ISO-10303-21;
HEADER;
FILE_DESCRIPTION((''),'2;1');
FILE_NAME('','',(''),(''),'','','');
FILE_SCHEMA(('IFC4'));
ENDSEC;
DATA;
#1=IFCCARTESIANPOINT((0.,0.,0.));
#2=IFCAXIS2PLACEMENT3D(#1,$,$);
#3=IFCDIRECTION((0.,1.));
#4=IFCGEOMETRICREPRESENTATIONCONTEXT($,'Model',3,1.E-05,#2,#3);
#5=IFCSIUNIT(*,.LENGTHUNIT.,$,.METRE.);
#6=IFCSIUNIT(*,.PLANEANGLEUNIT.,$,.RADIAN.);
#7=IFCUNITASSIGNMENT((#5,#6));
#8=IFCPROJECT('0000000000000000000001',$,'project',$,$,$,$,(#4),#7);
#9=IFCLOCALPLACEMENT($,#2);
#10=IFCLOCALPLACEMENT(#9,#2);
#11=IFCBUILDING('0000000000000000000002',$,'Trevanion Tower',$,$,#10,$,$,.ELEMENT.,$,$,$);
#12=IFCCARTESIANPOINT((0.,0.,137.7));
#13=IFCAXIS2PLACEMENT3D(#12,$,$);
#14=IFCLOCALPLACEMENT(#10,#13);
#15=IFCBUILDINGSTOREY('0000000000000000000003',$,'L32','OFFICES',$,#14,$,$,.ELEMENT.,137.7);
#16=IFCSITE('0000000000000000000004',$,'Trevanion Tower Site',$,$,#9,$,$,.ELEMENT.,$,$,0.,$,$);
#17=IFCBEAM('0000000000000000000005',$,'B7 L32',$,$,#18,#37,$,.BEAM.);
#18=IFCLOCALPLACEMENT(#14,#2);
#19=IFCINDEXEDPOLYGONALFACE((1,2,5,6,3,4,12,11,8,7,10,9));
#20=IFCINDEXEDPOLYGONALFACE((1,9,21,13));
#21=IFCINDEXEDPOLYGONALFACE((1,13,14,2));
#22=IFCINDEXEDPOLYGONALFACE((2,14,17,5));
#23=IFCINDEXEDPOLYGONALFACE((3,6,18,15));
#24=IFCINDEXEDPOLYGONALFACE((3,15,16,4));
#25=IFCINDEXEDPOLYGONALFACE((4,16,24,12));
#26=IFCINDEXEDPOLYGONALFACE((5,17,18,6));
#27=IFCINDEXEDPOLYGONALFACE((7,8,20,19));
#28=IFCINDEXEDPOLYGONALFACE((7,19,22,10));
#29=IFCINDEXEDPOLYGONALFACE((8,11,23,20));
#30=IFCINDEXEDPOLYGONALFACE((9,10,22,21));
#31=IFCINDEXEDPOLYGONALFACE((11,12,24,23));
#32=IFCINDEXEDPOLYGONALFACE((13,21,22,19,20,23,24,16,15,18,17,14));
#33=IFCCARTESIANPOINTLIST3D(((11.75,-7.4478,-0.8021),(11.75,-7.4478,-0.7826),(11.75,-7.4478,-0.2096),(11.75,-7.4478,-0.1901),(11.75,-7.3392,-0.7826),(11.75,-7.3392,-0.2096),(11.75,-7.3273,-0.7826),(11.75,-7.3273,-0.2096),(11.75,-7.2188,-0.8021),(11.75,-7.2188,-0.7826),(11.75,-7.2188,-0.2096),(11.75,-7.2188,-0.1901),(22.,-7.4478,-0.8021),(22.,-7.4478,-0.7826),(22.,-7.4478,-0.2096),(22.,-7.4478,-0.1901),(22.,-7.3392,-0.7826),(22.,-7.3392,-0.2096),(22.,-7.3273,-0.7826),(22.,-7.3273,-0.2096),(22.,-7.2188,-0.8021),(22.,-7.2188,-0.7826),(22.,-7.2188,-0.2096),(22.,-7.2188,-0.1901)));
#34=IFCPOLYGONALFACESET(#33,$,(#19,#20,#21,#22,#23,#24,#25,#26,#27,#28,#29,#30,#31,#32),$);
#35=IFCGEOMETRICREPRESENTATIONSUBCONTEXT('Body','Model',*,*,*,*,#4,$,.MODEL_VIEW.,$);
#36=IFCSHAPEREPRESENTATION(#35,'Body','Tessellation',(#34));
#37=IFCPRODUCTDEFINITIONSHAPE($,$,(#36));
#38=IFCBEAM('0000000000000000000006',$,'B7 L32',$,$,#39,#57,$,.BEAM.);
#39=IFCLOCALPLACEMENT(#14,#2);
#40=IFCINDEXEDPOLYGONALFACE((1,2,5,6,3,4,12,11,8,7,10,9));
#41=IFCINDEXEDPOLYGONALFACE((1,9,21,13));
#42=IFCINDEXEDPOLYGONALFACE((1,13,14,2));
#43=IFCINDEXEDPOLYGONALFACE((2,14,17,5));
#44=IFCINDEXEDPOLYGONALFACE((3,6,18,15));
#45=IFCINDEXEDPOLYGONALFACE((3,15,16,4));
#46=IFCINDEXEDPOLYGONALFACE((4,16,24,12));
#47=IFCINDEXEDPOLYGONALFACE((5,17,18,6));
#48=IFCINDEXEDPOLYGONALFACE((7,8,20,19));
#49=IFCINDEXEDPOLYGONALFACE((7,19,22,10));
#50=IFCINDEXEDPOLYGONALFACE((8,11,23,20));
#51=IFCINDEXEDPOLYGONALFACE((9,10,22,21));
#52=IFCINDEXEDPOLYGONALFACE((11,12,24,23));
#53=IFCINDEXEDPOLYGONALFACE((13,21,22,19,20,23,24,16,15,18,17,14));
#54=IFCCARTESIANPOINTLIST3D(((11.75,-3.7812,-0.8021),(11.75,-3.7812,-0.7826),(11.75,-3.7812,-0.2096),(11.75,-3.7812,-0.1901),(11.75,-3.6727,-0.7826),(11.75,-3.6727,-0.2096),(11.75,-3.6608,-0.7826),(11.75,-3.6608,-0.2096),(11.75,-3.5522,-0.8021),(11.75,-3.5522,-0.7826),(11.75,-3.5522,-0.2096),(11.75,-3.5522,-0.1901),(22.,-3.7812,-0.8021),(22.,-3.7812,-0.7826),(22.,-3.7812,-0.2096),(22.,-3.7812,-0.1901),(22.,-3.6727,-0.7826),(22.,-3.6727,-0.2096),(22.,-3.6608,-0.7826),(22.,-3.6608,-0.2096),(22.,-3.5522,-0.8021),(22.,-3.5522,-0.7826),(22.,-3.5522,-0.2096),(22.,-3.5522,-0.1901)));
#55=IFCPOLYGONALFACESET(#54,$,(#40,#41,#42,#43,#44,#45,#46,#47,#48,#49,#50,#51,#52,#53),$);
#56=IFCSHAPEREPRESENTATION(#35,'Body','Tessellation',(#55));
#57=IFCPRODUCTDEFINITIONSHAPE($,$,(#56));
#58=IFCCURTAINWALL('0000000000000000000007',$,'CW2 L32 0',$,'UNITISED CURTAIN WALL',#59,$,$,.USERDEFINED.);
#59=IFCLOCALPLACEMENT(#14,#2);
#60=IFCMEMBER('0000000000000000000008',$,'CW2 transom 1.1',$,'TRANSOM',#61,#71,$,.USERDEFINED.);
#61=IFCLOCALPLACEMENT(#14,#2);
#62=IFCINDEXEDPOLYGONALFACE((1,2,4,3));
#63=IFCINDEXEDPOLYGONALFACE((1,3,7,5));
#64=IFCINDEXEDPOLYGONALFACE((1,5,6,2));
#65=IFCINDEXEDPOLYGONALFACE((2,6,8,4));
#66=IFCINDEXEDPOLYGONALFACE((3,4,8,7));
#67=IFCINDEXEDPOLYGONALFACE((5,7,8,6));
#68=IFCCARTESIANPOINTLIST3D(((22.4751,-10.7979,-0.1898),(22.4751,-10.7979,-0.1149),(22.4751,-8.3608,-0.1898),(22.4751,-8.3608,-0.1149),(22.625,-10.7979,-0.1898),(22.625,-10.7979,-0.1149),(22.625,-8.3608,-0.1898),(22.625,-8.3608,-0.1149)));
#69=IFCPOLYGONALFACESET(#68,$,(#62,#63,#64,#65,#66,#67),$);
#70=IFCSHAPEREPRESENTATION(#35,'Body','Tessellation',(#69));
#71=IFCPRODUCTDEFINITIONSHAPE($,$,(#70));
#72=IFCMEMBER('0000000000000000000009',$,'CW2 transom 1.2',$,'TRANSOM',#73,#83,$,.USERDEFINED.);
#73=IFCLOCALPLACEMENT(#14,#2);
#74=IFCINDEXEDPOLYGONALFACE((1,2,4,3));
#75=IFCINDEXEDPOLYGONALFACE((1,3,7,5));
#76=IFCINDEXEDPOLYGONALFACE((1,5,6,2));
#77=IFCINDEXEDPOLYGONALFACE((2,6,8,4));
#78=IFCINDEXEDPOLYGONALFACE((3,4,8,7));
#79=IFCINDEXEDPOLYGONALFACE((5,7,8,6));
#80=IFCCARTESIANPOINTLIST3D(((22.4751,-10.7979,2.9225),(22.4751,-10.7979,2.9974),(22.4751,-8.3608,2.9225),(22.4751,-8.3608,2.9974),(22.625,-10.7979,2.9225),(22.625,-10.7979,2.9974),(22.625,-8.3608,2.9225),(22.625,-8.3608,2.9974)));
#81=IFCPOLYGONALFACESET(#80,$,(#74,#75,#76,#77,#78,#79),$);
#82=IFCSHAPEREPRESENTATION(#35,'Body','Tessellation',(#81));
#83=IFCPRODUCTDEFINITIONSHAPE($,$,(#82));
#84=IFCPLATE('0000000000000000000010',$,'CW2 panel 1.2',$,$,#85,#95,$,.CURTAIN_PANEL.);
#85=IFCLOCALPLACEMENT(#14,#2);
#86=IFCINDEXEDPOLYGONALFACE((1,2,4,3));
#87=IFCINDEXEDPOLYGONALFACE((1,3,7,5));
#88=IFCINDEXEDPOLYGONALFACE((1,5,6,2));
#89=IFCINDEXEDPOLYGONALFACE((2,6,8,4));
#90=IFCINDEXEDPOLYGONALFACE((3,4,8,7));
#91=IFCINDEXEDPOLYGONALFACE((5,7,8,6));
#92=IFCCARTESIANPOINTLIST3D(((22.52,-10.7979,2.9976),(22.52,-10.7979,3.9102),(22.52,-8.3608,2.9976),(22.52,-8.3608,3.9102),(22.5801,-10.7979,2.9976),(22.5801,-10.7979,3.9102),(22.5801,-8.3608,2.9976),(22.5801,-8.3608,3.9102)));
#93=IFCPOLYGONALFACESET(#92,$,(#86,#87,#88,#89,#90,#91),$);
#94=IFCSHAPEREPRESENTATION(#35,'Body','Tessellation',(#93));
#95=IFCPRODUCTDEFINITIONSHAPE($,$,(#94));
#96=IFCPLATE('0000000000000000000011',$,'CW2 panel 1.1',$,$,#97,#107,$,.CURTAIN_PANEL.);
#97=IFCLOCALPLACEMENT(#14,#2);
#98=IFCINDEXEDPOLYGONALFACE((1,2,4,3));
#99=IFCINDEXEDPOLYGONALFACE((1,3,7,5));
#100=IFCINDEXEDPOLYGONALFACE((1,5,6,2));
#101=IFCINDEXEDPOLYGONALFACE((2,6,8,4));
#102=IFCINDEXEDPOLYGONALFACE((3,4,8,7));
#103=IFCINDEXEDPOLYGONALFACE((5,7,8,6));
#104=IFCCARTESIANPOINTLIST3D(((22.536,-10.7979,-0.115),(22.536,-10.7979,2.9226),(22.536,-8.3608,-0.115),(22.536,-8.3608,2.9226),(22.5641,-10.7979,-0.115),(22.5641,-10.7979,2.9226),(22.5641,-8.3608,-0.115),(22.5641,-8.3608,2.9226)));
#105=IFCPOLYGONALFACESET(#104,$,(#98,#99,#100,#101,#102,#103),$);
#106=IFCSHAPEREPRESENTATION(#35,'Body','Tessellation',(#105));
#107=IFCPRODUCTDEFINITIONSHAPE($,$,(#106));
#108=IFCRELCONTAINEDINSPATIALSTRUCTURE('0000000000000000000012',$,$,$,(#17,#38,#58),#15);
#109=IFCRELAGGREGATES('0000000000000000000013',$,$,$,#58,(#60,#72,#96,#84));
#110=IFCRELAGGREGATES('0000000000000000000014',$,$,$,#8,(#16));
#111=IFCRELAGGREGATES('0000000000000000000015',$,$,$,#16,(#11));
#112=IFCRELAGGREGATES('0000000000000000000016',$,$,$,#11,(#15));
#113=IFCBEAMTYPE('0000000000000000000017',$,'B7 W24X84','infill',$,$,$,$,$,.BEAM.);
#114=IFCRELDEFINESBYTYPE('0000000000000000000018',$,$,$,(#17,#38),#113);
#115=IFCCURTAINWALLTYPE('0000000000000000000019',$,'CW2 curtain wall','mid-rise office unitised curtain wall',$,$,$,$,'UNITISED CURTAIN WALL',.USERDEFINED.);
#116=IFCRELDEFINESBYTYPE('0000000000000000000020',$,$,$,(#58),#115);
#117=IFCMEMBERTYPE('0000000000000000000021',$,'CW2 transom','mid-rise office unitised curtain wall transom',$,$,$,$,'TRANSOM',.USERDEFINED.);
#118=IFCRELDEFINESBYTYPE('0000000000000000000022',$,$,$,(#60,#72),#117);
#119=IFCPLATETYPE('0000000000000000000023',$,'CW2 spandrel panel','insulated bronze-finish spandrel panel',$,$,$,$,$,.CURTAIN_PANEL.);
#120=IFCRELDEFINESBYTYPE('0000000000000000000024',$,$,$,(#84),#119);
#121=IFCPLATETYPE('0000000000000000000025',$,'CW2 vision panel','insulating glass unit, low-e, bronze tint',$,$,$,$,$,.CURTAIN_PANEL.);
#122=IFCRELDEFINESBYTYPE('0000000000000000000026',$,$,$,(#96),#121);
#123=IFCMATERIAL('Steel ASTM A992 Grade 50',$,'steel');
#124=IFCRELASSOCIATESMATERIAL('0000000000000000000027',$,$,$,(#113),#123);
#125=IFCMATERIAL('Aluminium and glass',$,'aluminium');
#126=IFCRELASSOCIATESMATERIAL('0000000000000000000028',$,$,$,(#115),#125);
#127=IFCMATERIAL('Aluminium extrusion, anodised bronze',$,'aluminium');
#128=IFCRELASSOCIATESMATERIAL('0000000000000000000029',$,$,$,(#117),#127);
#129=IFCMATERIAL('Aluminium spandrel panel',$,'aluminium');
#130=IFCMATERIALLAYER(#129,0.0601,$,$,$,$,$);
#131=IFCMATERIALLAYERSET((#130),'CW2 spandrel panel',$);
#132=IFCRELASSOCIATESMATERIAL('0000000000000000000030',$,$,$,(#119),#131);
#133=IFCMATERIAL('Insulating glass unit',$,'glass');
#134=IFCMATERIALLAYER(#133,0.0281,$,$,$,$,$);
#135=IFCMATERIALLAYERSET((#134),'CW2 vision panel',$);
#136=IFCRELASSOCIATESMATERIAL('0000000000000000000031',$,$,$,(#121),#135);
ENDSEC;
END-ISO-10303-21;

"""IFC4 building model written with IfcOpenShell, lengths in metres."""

from ifc_helpers import new_model, si_unit, direction, frame, origin, origin_2d, place, context, subcontext, project, spatial, rectangle, i_section, extrude, material, layer, layer_set, material_profile, profile_set, type_object, element, aggregate, save


model = new_model("IFC4")

# Units and contexts
model_context = context("Model", 3, precision=1e-05, world=origin(), true_north=direction((0.0, 1.0)))
body_context = subcontext(model_context, "Body", "Model", "MODEL_VIEW")
ifc_project = project(units=[si_unit("LENGTHUNIT", "METRE"), si_unit("PLANEANGLEUNIT", "RADIAN")], contexts=[model_context])

# Site, building, storey
site_placement = place(None, origin())
site = spatial("IfcSite", under=ifc_project, at=site_placement, Name="Trevanion Tower Site", CompositionType="ELEMENT", RefElevation=0.0)
building_placement = place(site_placement, origin())
building = spatial("IfcBuilding", under=site, at=building_placement, Name="Trevanion Tower", CompositionType="ELEMENT")
storey_placement = place(building_placement, frame((0.0, 0.0, 137.7)))
storey = spatial("IfcBuildingStorey", under=building, at=storey_placement, Name="L32", Description="OFFICES", CompositionType="ELEMENT", Elevation=137.7)

# Beams
ifc_material_1 = material(Name="Steel ASTM A992 Grade 50", Category="steel")
ifc_material_profile_1 = material_profile(ifc_material_1, i_section(OverallWidth=0.229, OverallDepth=0.6121, WebThickness=0.012, FlangeThickness=0.0195, at=origin_2d()), Name="W24X84")
ifc_profile_set_1 = profile_set([ifc_material_profile_1], Name="Steel ASTM A992 Grade 50")
beam_type = type_object("IfcBeamType", Name="B7 W24X84", Description="infill", PredefinedType="BEAM", material=ifc_profile_set_1)
for number, where, z_axis, x_axis, name in (
    (1, (11.75, -7.3333, -0.4961), (1.0, 0.0, 0.0), (0.0, 1.0, 0.0), "B7 L32"),
    (2, (11.75, -3.6667, -0.4961), (1.0, 0.0, 0.0), (0.0, 1.0, 0.0), "B7 L32"),
):
    element("IfcBeam", number, at=place(storey_placement, frame(where, z_axis=z_axis, x_axis=x_axis)), inside=storey, type_object=beam_type, Name=name, PredefinedType="BEAM", context=body_context, shape_type="SweptSolid", body=[
        extrude(i_section(OverallWidth=0.229, OverallDepth=0.6121, WebThickness=0.012, FlangeThickness=0.0195, at=origin_2d()), origin(), (0.0, 0.0, 1.0), 10.25),
    ])

# Curtain wall, members, plates
ifc_material_2 = material(Name="Aluminium and glass", Category="aluminium")
curtain_wall_type = type_object("IfcCurtainWallType", Name="CW2 curtain wall", Description="mid-rise office unitised curtain wall", ElementType="UNITISED CURTAIN WALL", PredefinedType="USERDEFINED", material=ifc_material_2)
curtain_wall_placement = place(storey_placement, origin())
curtain_wall = element("IfcCurtainWall", 3, at=curtain_wall_placement, inside=storey, type_object=curtain_wall_type, Name="CW2 L32 0", ObjectType="UNITISED CURTAIN WALL", PredefinedType="USERDEFINED")
ifc_material_3 = material(Name="Aluminium extrusion, anodised bronze", Category="aluminium")
ifc_material_profile_2 = material_profile(ifc_material_3, rectangle(XDim=0.1499, YDim=0.075, at=origin_2d()), Name="CW2 transom")
ifc_profile_set_2 = profile_set([ifc_material_profile_2], Name="Aluminium extrusion, anodised bronze")
member_type = type_object("IfcMemberType", Name="CW2 transom", Description="mid-rise office unitised curtain wall transom", ElementType="TRANSOM", PredefinedType="USERDEFINED", material=ifc_profile_set_2)
member_1_placement = place(storey_placement, frame((22.55, -10.7979, -0.1523), z_axis=(0.0, 1.0, 0.0), x_axis=(-1.0, 0.0, 0.0)))
member_1 = element("IfcMember", 4, at=member_1_placement, type_object=member_type, Name="CW2 transom 1.1", ObjectType="TRANSOM", PredefinedType="USERDEFINED", context=body_context, shape_type="SweptSolid", body=[
    extrude(rectangle(XDim=0.1499, YDim=0.075, at=origin_2d()), origin(), (0.0, 0.0, 1.0), 2.437),
])
member_2_placement = place(storey_placement, frame((22.55, -10.7979, 2.96), z_axis=(0.0, 1.0, 0.0), x_axis=(-1.0, 0.0, 0.0)))
member_2 = element("IfcMember", 5, at=member_2_placement, type_object=member_type, Name="CW2 transom 1.2", ObjectType="TRANSOM", PredefinedType="USERDEFINED", context=body_context, shape_type="SweptSolid", body=[
    extrude(rectangle(XDim=0.1499, YDim=0.075, at=origin_2d()), origin(), (0.0, 0.0, 1.0), 2.437),
])
ifc_material_4 = material(Name="Aluminium spandrel panel", Category="aluminium")
ifc_layer_1 = layer(ifc_material_4, 0.0601)
ifc_layer_set_1 = layer_set([ifc_layer_1], Name="CW2 spandrel panel")
plate_type_1 = type_object("IfcPlateType", Name="CW2 spandrel panel", Description="insulated bronze-finish spandrel panel", PredefinedType="CURTAIN_PANEL", material=ifc_layer_set_1)
plate_1_placement = place(storey_placement, frame((22.55, -9.5793, 2.9976), z_axis=(0.0, 0.0, 1.0), x_axis=(0.0, 1.0, 0.0)))
plate_1 = element("IfcPlate", 6, at=plate_1_placement, type_object=plate_type_1, Name="CW2 panel 1.2", PredefinedType="CURTAIN_PANEL", context=body_context, shape_type="SweptSolid", body=[
    extrude(rectangle(XDim=2.437, YDim=0.0601, at=origin_2d()), origin(), (0.0, 0.0, 1.0), 0.9126),
])
ifc_material_5 = material(Name="Insulating glass unit", Category="glass")
ifc_layer_2 = layer(ifc_material_5, 0.0281)
ifc_layer_set_2 = layer_set([ifc_layer_2], Name="CW2 vision panel")
plate_type_2 = type_object("IfcPlateType", Name="CW2 vision panel", Description="insulating glass unit, low-e, bronze tint", PredefinedType="CURTAIN_PANEL", material=ifc_layer_set_2)
plate_2_placement = place(storey_placement, frame((22.55, -9.5793, -0.115), z_axis=(0.0, 0.0, 1.0), x_axis=(0.0, 1.0, 0.0)))
plate_2 = element("IfcPlate", 7, at=plate_2_placement, type_object=plate_type_2, Name="CW2 panel 1.1", PredefinedType="CURTAIN_PANEL", context=body_context, shape_type="SweptSolid", body=[
    extrude(rectangle(XDim=2.437, YDim=0.0281, at=origin_2d()), origin(), (0.0, 0.0, 1.0), 3.0376),
])
aggregate(curtain_wall, [member_1, member_2, plate_2, plate_1])

save(model, "model.ifc")
